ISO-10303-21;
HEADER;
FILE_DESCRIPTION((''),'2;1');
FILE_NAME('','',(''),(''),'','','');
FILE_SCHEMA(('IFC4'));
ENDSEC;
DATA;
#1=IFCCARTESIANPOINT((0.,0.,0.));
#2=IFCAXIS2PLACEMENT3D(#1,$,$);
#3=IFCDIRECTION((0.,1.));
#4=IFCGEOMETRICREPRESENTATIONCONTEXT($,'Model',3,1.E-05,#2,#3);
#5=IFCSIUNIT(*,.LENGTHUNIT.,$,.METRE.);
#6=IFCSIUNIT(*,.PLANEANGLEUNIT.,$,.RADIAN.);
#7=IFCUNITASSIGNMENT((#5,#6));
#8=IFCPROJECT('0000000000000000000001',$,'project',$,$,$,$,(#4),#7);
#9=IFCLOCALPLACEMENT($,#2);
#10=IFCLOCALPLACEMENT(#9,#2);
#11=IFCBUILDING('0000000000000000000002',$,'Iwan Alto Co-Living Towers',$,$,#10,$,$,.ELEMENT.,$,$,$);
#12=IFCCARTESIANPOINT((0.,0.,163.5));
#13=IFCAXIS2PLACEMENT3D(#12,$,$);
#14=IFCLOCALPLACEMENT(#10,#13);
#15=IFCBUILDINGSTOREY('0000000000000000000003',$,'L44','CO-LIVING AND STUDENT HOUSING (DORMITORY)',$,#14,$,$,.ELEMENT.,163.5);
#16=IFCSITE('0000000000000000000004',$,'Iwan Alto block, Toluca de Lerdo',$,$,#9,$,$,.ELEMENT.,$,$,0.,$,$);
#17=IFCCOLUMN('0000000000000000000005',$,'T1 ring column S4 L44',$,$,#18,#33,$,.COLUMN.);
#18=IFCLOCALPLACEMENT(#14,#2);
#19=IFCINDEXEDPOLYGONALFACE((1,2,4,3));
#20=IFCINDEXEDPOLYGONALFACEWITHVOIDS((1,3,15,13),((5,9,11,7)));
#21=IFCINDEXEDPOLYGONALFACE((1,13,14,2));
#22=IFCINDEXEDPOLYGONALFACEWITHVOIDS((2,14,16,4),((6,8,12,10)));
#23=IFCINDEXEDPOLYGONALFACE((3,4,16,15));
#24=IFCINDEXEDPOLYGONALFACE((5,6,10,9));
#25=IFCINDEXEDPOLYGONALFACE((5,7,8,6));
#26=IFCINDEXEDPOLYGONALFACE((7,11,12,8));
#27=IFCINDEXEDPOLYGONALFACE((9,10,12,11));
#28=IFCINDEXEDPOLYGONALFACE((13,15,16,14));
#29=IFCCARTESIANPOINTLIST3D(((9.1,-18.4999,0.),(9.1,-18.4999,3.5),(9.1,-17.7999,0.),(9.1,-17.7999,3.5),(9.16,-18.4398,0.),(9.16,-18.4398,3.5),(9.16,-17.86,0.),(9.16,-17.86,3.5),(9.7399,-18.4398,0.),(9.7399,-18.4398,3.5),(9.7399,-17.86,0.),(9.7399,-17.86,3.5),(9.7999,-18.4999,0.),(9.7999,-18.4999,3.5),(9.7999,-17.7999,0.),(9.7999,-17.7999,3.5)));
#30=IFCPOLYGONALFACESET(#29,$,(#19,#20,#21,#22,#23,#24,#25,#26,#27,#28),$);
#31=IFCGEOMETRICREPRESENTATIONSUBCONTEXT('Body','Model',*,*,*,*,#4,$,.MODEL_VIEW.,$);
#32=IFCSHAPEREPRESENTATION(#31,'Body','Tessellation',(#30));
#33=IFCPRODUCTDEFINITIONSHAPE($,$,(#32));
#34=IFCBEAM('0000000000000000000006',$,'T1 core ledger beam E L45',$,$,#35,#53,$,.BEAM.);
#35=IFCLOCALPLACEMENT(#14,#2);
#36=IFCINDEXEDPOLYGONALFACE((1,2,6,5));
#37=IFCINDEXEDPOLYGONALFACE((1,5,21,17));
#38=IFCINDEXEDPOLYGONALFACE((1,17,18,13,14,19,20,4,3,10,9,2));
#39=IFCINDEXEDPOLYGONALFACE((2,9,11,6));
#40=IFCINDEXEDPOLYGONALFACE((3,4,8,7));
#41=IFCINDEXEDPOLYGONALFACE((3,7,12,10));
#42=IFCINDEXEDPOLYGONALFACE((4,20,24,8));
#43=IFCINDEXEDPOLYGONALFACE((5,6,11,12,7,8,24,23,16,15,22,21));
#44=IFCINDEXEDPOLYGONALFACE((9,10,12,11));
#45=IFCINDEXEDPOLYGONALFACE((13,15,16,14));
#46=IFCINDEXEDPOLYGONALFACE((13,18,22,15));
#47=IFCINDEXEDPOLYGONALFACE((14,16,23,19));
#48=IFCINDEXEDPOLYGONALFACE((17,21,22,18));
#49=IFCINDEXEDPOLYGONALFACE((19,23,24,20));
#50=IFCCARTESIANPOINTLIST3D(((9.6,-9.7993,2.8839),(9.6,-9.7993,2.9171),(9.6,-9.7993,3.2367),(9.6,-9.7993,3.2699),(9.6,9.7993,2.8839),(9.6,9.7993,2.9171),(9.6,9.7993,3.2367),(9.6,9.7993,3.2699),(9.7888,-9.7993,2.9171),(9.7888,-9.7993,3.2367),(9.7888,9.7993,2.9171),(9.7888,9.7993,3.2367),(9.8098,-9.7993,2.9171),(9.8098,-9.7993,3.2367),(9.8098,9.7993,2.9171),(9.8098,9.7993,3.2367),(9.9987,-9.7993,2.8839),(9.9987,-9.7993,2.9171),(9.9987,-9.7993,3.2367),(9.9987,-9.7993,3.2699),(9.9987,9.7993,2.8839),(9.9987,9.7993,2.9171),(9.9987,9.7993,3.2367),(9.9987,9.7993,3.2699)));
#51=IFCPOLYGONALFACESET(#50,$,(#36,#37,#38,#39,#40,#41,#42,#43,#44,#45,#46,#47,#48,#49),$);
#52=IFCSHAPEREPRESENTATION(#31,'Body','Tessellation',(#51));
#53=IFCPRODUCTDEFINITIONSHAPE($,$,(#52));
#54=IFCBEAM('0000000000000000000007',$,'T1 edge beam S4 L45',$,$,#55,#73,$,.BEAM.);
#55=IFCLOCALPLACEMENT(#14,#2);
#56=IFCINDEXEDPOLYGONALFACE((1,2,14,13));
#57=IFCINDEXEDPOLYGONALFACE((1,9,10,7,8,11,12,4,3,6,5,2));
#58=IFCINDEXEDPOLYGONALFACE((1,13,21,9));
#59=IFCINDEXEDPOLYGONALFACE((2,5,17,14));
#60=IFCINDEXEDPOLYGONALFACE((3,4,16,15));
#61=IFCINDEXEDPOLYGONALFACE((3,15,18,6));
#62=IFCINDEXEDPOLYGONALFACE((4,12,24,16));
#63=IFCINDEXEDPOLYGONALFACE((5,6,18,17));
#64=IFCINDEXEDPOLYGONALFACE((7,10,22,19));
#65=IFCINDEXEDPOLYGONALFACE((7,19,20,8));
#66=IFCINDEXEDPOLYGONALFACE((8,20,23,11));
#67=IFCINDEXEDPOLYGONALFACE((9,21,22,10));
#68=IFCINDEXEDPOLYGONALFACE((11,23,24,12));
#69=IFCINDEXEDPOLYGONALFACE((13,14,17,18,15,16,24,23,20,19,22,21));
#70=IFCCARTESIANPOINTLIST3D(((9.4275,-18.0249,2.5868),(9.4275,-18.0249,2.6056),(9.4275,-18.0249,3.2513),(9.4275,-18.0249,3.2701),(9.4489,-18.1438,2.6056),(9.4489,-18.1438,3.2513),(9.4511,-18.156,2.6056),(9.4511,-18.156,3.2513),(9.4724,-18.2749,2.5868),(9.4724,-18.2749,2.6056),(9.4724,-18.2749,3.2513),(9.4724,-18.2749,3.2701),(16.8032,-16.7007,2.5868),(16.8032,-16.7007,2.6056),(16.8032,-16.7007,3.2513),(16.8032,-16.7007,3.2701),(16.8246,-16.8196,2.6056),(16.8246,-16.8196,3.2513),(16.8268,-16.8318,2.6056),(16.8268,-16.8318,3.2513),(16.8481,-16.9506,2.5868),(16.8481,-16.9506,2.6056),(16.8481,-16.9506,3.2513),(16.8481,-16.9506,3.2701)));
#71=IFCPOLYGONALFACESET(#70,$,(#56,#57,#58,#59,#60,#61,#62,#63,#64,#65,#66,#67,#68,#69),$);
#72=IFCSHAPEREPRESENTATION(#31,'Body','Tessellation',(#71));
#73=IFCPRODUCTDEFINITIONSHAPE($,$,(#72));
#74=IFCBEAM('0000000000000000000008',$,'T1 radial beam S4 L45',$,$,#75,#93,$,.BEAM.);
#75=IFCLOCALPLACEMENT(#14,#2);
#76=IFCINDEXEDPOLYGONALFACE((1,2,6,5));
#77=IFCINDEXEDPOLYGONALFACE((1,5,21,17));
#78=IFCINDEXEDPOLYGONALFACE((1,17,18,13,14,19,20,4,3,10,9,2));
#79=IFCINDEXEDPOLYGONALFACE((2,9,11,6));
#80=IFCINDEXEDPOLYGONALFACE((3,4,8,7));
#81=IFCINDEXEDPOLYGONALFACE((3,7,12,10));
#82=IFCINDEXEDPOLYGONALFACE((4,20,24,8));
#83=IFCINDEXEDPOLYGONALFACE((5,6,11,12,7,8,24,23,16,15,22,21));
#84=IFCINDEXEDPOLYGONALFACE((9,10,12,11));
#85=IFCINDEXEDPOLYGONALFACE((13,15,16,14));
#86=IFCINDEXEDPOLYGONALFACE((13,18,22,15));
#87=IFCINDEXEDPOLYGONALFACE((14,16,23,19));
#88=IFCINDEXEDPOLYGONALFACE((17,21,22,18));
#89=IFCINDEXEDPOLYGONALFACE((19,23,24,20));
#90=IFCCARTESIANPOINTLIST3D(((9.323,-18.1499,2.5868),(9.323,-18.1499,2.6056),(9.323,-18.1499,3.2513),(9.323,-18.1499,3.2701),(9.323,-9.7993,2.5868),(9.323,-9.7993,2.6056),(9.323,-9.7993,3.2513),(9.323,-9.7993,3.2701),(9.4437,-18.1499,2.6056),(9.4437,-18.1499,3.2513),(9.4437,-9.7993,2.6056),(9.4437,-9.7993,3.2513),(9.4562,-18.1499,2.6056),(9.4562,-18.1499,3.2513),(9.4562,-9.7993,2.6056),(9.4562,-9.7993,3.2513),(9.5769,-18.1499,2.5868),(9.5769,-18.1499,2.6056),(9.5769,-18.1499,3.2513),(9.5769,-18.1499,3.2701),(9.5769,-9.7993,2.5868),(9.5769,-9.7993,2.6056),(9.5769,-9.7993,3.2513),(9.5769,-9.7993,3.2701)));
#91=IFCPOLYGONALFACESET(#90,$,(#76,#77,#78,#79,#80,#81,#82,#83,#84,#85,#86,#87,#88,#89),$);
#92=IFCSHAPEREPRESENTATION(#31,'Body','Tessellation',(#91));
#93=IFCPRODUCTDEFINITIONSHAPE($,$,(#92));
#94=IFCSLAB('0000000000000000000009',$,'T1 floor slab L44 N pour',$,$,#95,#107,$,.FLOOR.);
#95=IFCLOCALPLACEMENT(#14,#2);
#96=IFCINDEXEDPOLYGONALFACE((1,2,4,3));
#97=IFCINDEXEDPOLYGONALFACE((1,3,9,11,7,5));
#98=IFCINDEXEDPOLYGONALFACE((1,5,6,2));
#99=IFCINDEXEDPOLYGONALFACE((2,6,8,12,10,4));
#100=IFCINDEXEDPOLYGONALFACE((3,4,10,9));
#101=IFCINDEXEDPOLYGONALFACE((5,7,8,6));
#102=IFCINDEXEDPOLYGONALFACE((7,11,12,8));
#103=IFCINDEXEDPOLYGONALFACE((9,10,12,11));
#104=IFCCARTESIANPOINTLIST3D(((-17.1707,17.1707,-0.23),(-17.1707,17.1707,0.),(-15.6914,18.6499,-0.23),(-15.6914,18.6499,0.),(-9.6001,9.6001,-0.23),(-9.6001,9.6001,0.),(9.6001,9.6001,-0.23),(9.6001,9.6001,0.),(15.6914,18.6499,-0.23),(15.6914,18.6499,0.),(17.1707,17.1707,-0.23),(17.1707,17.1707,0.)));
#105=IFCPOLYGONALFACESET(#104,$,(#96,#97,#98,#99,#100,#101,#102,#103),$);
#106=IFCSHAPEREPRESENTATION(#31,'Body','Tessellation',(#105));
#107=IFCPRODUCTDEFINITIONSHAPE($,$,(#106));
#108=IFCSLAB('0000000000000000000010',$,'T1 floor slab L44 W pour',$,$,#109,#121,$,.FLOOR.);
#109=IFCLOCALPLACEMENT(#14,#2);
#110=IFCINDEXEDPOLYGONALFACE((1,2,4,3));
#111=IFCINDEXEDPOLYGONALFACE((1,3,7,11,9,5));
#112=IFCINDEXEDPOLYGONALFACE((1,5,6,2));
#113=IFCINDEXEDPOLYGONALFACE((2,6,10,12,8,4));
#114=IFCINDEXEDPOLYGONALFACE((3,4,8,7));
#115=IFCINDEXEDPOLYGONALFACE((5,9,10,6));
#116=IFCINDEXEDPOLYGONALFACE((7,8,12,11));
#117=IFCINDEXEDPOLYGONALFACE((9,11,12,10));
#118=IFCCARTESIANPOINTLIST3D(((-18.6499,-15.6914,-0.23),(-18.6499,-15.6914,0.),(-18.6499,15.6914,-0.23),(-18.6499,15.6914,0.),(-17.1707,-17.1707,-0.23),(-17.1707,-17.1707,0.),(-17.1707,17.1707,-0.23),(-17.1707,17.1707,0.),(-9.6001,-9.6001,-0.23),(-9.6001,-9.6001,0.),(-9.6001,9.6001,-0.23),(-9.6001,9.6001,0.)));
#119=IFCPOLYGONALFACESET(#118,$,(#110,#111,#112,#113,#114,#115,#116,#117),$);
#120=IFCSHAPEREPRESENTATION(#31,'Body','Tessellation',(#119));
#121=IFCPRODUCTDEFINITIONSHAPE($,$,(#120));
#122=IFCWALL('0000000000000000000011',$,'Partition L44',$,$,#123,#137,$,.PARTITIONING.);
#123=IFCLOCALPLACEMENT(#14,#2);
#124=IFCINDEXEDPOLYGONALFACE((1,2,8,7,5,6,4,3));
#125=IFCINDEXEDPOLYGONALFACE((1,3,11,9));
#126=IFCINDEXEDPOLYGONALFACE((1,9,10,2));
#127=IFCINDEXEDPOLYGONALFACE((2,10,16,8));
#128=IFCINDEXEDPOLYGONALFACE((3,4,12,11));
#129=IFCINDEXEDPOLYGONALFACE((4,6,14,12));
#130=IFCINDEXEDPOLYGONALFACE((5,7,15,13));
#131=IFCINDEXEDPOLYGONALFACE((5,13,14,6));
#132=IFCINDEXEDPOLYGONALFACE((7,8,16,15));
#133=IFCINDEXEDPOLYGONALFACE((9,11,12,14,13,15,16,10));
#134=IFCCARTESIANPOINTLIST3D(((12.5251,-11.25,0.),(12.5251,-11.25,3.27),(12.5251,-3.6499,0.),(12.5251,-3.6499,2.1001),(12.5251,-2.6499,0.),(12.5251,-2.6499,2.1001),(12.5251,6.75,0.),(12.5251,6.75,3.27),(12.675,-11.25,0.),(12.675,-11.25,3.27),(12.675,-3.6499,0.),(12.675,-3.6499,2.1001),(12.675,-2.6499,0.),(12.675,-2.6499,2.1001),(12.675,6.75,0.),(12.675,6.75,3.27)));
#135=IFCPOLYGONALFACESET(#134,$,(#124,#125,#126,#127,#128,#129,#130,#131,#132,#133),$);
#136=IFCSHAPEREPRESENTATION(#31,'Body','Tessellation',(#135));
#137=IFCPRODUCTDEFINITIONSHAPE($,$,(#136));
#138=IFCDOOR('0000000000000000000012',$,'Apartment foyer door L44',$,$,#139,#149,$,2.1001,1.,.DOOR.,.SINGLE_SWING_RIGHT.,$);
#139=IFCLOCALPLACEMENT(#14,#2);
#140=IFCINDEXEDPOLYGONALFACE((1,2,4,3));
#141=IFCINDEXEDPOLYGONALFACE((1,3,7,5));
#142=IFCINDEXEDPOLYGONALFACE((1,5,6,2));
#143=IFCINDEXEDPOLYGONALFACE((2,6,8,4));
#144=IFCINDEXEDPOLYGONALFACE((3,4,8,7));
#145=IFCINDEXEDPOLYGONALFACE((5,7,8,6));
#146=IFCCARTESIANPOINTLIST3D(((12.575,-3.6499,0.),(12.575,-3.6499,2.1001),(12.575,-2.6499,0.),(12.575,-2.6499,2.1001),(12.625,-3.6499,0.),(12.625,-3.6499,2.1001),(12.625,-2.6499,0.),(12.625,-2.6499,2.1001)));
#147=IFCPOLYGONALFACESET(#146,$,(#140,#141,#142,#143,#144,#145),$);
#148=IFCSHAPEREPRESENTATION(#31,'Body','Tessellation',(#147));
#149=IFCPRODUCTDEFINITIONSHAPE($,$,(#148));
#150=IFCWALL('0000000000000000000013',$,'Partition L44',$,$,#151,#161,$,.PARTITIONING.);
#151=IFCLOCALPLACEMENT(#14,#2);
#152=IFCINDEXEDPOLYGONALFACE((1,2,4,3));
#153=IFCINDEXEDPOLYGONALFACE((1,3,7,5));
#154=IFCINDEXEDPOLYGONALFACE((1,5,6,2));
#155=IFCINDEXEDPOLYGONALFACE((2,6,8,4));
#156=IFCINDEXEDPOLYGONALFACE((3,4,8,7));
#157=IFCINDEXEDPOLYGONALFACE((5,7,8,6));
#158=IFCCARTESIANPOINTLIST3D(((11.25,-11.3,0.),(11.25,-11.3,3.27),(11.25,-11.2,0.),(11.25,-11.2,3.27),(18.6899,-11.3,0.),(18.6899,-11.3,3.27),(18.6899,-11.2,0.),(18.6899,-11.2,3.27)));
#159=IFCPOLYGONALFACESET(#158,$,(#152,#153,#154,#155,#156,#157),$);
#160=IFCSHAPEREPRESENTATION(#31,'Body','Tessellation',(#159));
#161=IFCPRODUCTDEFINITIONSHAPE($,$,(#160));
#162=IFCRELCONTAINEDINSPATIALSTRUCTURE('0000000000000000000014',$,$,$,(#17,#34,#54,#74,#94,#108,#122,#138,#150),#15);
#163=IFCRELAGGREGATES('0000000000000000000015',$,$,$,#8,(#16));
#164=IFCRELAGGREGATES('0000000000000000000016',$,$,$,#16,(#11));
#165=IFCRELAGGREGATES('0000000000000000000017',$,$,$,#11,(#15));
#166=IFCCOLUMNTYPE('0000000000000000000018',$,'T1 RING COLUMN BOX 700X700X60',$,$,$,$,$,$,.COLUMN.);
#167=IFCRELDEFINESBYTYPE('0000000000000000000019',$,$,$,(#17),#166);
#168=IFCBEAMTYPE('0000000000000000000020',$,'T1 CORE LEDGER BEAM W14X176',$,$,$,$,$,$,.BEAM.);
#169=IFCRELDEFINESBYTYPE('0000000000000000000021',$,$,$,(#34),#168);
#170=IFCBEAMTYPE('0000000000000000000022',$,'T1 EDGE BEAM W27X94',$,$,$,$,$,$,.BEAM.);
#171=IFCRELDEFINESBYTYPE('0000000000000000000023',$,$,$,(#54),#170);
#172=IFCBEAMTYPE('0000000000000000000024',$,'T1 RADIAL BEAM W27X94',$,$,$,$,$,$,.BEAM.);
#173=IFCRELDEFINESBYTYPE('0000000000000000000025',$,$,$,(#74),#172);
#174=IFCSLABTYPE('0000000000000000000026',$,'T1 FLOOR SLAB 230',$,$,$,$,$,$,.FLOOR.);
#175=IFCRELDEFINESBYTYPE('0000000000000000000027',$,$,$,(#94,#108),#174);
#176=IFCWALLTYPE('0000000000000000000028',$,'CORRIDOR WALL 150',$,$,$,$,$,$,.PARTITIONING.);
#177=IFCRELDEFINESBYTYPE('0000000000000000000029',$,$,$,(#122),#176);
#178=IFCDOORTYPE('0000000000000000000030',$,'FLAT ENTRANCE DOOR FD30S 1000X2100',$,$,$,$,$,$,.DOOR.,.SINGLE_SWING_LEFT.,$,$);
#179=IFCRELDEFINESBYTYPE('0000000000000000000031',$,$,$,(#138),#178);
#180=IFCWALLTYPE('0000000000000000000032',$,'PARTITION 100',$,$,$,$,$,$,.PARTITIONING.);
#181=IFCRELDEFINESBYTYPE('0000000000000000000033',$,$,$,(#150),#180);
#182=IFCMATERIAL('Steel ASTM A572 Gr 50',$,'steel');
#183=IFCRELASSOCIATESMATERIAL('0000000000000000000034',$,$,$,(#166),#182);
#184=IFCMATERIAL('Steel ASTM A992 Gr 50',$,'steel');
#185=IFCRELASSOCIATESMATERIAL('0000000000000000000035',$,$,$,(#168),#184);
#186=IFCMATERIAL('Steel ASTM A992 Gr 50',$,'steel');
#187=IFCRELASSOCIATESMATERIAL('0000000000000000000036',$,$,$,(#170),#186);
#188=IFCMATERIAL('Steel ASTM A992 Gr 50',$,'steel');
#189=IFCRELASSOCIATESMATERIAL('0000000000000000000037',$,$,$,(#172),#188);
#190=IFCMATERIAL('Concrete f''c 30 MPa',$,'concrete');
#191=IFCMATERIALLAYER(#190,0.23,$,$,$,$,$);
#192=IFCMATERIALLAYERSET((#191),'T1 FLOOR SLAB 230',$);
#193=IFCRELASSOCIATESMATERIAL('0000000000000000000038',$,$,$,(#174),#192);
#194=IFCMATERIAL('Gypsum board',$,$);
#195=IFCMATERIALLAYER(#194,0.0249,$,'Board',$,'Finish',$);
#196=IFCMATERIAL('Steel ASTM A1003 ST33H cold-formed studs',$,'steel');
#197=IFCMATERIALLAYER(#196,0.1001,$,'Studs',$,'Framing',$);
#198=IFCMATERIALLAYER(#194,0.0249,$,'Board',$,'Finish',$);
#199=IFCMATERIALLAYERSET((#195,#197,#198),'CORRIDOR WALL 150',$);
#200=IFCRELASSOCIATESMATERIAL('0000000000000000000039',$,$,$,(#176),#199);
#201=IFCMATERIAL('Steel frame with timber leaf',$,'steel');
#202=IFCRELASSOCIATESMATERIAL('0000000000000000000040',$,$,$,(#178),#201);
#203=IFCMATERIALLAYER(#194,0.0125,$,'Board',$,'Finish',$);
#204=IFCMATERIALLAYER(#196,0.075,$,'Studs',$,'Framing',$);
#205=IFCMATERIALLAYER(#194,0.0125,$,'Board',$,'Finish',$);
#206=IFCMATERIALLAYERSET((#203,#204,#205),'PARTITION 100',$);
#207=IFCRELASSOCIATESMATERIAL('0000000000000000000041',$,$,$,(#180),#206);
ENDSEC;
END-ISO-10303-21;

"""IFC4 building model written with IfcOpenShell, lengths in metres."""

from ifc_helpers import new_model, si_unit, direction, frame, frame_2d, origin, origin_2d, place, context, subcontext, project, spatial, polyline, rectangle, hollow_rectangle, i_section, outline, extrude, material, layer, layer_set, material_profile, profile_set, type_object, element, fill, save


model = new_model("IFC4")

# Units and contexts
model_context = context("Model", 3, precision=1e-05, world=origin(), true_north=direction((0.0, 1.0)))
body_context = subcontext(model_context, "Body", "Model", "MODEL_VIEW")
ifc_project = project(units=[si_unit("LENGTHUNIT", "METRE"), si_unit("PLANEANGLEUNIT", "RADIAN")], contexts=[model_context])

# Site, building, storey
site_placement = place(None, origin())
site = spatial("IfcSite", under=ifc_project, at=site_placement, Name="Iwan Alto block, Toluca de Lerdo", CompositionType="ELEMENT", RefElevation=0.0)
building_placement = place(site_placement, origin())
building = spatial("IfcBuilding", under=site, at=building_placement, Name="Iwan Alto Co-Living Towers", CompositionType="ELEMENT")
storey_placement = place(building_placement, frame((0.0, 0.0, 163.5)))
storey = spatial("IfcBuildingStorey", under=building, at=storey_placement, Name="L44", Description="CO-LIVING AND STUDENT HOUSING (DORMITORY)", CompositionType="ELEMENT", Elevation=163.5)

# Column
ifc_material_1 = material(Name="Steel ASTM A572 Gr 50", Category="steel")
ifc_material_profile_1 = material_profile(ifc_material_1, hollow_rectangle(XDim=0.7, YDim=0.7, WallThickness=0.0601, at=origin_2d()), Name="BOX 700X700X60")
ifc_profile_set_1 = profile_set([ifc_material_profile_1], Name="Steel ASTM A572 Gr 50")
column_type = type_object("IfcColumnType", Name="T1 RING COLUMN BOX 700X700X60", PredefinedType="COLUMN", material=ifc_profile_set_1)
column_placement = place(storey_placement, frame((9.45, -18.1499, 0.0), z_axis=(0.0, 0.0, 1.0), x_axis=(1.0, 0.0, 0.0)))
element("IfcColumn", 1, at=column_placement, inside=storey, type_object=column_type, Name="T1 ring column S4 L44", PredefinedType="COLUMN", context=body_context, shape_type="SweptSolid", body=[
    extrude(hollow_rectangle(XDim=0.7, YDim=0.7, WallThickness=0.0601, at=origin_2d()), origin(), (0.0, 0.0, 1.0), 3.5),
])

# Beams
ifc_material_2 = material(Name="Steel ASTM A992 Gr 50", Category="steel")
ifc_material_profile_2 = material_profile(ifc_material_2, i_section(OverallWidth=0.3987, OverallDepth=0.386, WebThickness=0.021, FlangeThickness=0.0332, at=origin_2d()), Name="W14X176")
ifc_profile_set_2 = profile_set([ifc_material_profile_2], Name="Steel ASTM A992 Gr 50")
beam_type_1 = type_object("IfcBeamType", Name="T1 CORE LEDGER BEAM W14X176", PredefinedType="BEAM", material=ifc_profile_set_2)
beam_1_placement = place(storey_placement, frame((9.7993, -9.7993, 3.0769), z_axis=(0.0, 1.0, 0.0), x_axis=(-1.0, 0.0, 0.0)))
element("IfcBeam", 2, at=beam_1_placement, inside=storey, type_object=beam_type_1, Name="T1 core ledger beam E L45", PredefinedType="BEAM", context=body_context, shape_type="SweptSolid", body=[
    extrude(i_section(OverallWidth=0.3987, OverallDepth=0.386, WebThickness=0.021, FlangeThickness=0.0332, at=origin_2d()), origin(), (0.0, 0.0, 1.0), 19.5986),
])
ifc_material_3 = material(Name="Steel ASTM A992 Gr 50", Category="steel")
ifc_material_profile_3 = material_profile(ifc_material_3, i_section(OverallWidth=0.2539, OverallDepth=0.6833, WebThickness=0.0125, FlangeThickness=0.0188, at=origin_2d()), Name="W27X94")
ifc_profile_set_3 = profile_set([ifc_material_profile_3], Name="Steel ASTM A992 Gr 50")
beam_type_2 = type_object("IfcBeamType", Name="T1 EDGE BEAM W27X94", PredefinedType="BEAM", material=ifc_profile_set_3)
beam_2_placement = place(storey_placement, frame((9.45, -18.1499, 2.9285), z_axis=(0.984263, 0.176712, 0.0), x_axis=(-0.176712, 0.984263, 0.0)))
element("IfcBeam", 3, at=beam_2_placement, inside=storey, type_object=beam_type_2, Name="T1 edge beam S4 L45", PredefinedType="BEAM", context=body_context, shape_type="SweptSolid", body=[
    extrude(i_section(OverallWidth=0.2539, OverallDepth=0.6833, WebThickness=0.0125, FlangeThickness=0.0188, at=origin_2d()), origin(), (0.0, 0.0, 1.0), 7.4937),
])
ifc_material_4 = material(Name="Steel ASTM A992 Gr 50", Category="steel")
ifc_material_profile_4 = material_profile(ifc_material_4, i_section(OverallWidth=0.2539, OverallDepth=0.6833, WebThickness=0.0125, FlangeThickness=0.0188, at=origin_2d()), Name="W27X94")
ifc_profile_set_4 = profile_set([ifc_material_profile_4], Name="Steel ASTM A992 Gr 50")
beam_type_3 = type_object("IfcBeamType", Name="T1 RADIAL BEAM W27X94", PredefinedType="BEAM", material=ifc_profile_set_4)
beam_3_placement = place(storey_placement, frame((9.45, -18.1499, 2.9285), z_axis=(0.0, 1.0, 0.0), x_axis=(-1.0, 0.0, 0.0)))
element("IfcBeam", 4, at=beam_3_placement, inside=storey, type_object=beam_type_3, Name="T1 radial beam S4 L45", PredefinedType="BEAM", context=body_context, shape_type="SweptSolid", body=[
    extrude(i_section(OverallWidth=0.2539, OverallDepth=0.6833, WebThickness=0.0125, FlangeThickness=0.0188, at=origin_2d()), origin(), (0.0, 0.0, 1.0), 8.3506),
])

# Slabs
ifc_material_5 = material(Name="Concrete f'c 30 MPa", Category="concrete")
ifc_layer_1 = layer(ifc_material_5, 0.23)
ifc_layer_set_1 = layer_set([ifc_layer_1], Name="T1 FLOOR SLAB 230")
slab_type = type_object("IfcSlabType", Name="T1 FLOOR SLAB 230", PredefinedType="FLOOR", material=ifc_layer_set_1)
slab_1_placement = place(storey_placement, frame((0.0, 0.0, -0.23)))
element("IfcSlab", 5, at=slab_1_placement, inside=storey, type_object=slab_type, Name="T1 floor slab L44 N pour", PredefinedType="FLOOR", context=body_context, shape_type="SweptSolid", body=[
    extrude(outline(polyline([(-15.6914, 18.6499), (15.6914, 18.6499), (17.1707, 17.1707), (9.6001, 9.6001), (-9.6001, 9.6001), (-17.1707, 17.1707), (-15.6914, 18.6499)])), origin(), (0.0, 0.0, 1.0), 0.23),
])
slab_2_placement = place(storey_placement, frame((0.0, 0.0, -0.23)))
element("IfcSlab", 6, at=slab_2_placement, inside=storey, type_object=slab_type, Name="T1 floor slab L44 W pour", PredefinedType="FLOOR", context=body_context, shape_type="SweptSolid", body=[
    extrude(outline(polyline([(-18.6499, 15.6914), (-17.1707, 17.1707), (-9.6001, 9.6001), (-9.6001, -9.6001), (-17.1707, -17.1707), (-18.6499, -15.6914), (-18.6499, 15.6914)])), origin(), (0.0, 0.0, 1.0), 0.23),
])

# Wall, opening, door
ifc_material_6 = material(Name="Gypsum board")
ifc_layer_2 = layer(ifc_material_6, 0.0249, Name="Board", Category="Finish")
ifc_material_7 = material(Name="Steel ASTM A1003 ST33H cold-formed studs", Category="steel")
ifc_layer_3 = layer(ifc_material_7, 0.1001, Name="Studs", Category="Framing")
ifc_layer_4 = layer(ifc_material_6, 0.0249, Name="Board", Category="Finish")
ifc_layer_set_2 = layer_set([ifc_layer_2, ifc_layer_3, ifc_layer_4], Name="CORRIDOR WALL 150")
wall_type_1 = type_object("IfcWallType", Name="CORRIDOR WALL 150", PredefinedType="PARTITIONING", material=ifc_layer_set_2)
wall_1_placement = place(storey_placement, frame((12.6001, -11.25, 0.0), z_axis=(0.0, 0.0, 1.0), x_axis=(0.0, 1.0, 0.0)))
wall_1 = element("IfcWall", 7, at=wall_1_placement, inside=storey, type_object=wall_type_1, Name="Partition L44", PredefinedType="PARTITIONING", context=body_context, shape_type="SweptSolid", body=[
    extrude(rectangle(XDim=18.0, YDim=0.1499, at=frame_2d((9.0, 0.0))), origin(), (0.0, 0.0, 1.0), 3.27),
])
opening_1_placement = place(wall_1_placement, frame((7.6001, 0.0, 0.0)))
opening_1 = element("IfcOpeningElement", 8, at=opening_1_placement, cuts=wall_1, PredefinedType="OPENING", context=body_context, shape_type="SweptSolid", body=[
    extrude(rectangle(XDim=1.0, YDim=2.1001, at=frame_2d((0.5, 1.05))), frame((0.0, 0.085, 0.0), z_axis=(0.0, -1.0, 0.0), x_axis=(1.0, 0.0, 0.0)), (0.0, 0.0, 1.0), 0.1699),
])
ifc_material_8 = material(Name="Steel frame with timber leaf", Category="steel")
door_type_1 = type_object("IfcDoorType", Name="FLAT ENTRANCE DOOR FD30S 1000X2100", OperationType="SINGLE_SWING_LEFT", PredefinedType="DOOR", material=ifc_material_8)
door_1_placement = place(opening_1_placement, frame((1.0, 0.0, 0.0), z_axis=(0.0, 0.0, 1.0), x_axis=(-1.0, 0.0, 0.0)))
door_1 = element("IfcDoor", 9, at=door_1_placement, inside=storey, type_object=door_type_1, Name="Apartment foyer door L44", OperationType="SINGLE_SWING_RIGHT", OverallHeight=2.1001, OverallWidth=1.0, PredefinedType="DOOR", context=body_context, shape_type="SweptSolid", body=[
    extrude(rectangle(XDim=1.0, YDim=2.1001, at=frame_2d((0.5, 1.05))), frame((0.0, 0.0249, 0.0), z_axis=(0.0, -1.0, 0.0), x_axis=(1.0, 0.0, 0.0)), (0.0, 0.0, 1.0), 0.05),
])
fill(opening_1, door_1)

# Wall
ifc_layer_5 = layer(ifc_material_6, 0.0125, Name="Board", Category="Finish")
ifc_layer_6 = layer(ifc_material_7, 0.075, Name="Studs", Category="Framing")
ifc_layer_7 = layer(ifc_material_6, 0.0125, Name="Board", Category="Finish")
ifc_layer_set_3 = layer_set([ifc_layer_5, ifc_layer_6, ifc_layer_7], Name="PARTITION 100")
wall_type_2 = type_object("IfcWallType", Name="PARTITION 100", PredefinedType="PARTITIONING", material=ifc_layer_set_3)
wall_2_placement = place(storey_placement, frame((11.25, -11.25, 0.0), z_axis=(0.0, 0.0, 1.0), x_axis=(1.0, 0.0, 0.0)))
element("IfcWall", 10, at=wall_2_placement, inside=storey, type_object=wall_type_2, Name="Partition L44", PredefinedType="PARTITIONING", context=body_context, shape_type="SweptSolid", body=[
    extrude(rectangle(XDim=7.4399, YDim=0.1001, at=frame_2d((3.72, 0.0))), origin(), (0.0, 0.0, 1.0), 3.27),
])

save(model, "model.ifc")
